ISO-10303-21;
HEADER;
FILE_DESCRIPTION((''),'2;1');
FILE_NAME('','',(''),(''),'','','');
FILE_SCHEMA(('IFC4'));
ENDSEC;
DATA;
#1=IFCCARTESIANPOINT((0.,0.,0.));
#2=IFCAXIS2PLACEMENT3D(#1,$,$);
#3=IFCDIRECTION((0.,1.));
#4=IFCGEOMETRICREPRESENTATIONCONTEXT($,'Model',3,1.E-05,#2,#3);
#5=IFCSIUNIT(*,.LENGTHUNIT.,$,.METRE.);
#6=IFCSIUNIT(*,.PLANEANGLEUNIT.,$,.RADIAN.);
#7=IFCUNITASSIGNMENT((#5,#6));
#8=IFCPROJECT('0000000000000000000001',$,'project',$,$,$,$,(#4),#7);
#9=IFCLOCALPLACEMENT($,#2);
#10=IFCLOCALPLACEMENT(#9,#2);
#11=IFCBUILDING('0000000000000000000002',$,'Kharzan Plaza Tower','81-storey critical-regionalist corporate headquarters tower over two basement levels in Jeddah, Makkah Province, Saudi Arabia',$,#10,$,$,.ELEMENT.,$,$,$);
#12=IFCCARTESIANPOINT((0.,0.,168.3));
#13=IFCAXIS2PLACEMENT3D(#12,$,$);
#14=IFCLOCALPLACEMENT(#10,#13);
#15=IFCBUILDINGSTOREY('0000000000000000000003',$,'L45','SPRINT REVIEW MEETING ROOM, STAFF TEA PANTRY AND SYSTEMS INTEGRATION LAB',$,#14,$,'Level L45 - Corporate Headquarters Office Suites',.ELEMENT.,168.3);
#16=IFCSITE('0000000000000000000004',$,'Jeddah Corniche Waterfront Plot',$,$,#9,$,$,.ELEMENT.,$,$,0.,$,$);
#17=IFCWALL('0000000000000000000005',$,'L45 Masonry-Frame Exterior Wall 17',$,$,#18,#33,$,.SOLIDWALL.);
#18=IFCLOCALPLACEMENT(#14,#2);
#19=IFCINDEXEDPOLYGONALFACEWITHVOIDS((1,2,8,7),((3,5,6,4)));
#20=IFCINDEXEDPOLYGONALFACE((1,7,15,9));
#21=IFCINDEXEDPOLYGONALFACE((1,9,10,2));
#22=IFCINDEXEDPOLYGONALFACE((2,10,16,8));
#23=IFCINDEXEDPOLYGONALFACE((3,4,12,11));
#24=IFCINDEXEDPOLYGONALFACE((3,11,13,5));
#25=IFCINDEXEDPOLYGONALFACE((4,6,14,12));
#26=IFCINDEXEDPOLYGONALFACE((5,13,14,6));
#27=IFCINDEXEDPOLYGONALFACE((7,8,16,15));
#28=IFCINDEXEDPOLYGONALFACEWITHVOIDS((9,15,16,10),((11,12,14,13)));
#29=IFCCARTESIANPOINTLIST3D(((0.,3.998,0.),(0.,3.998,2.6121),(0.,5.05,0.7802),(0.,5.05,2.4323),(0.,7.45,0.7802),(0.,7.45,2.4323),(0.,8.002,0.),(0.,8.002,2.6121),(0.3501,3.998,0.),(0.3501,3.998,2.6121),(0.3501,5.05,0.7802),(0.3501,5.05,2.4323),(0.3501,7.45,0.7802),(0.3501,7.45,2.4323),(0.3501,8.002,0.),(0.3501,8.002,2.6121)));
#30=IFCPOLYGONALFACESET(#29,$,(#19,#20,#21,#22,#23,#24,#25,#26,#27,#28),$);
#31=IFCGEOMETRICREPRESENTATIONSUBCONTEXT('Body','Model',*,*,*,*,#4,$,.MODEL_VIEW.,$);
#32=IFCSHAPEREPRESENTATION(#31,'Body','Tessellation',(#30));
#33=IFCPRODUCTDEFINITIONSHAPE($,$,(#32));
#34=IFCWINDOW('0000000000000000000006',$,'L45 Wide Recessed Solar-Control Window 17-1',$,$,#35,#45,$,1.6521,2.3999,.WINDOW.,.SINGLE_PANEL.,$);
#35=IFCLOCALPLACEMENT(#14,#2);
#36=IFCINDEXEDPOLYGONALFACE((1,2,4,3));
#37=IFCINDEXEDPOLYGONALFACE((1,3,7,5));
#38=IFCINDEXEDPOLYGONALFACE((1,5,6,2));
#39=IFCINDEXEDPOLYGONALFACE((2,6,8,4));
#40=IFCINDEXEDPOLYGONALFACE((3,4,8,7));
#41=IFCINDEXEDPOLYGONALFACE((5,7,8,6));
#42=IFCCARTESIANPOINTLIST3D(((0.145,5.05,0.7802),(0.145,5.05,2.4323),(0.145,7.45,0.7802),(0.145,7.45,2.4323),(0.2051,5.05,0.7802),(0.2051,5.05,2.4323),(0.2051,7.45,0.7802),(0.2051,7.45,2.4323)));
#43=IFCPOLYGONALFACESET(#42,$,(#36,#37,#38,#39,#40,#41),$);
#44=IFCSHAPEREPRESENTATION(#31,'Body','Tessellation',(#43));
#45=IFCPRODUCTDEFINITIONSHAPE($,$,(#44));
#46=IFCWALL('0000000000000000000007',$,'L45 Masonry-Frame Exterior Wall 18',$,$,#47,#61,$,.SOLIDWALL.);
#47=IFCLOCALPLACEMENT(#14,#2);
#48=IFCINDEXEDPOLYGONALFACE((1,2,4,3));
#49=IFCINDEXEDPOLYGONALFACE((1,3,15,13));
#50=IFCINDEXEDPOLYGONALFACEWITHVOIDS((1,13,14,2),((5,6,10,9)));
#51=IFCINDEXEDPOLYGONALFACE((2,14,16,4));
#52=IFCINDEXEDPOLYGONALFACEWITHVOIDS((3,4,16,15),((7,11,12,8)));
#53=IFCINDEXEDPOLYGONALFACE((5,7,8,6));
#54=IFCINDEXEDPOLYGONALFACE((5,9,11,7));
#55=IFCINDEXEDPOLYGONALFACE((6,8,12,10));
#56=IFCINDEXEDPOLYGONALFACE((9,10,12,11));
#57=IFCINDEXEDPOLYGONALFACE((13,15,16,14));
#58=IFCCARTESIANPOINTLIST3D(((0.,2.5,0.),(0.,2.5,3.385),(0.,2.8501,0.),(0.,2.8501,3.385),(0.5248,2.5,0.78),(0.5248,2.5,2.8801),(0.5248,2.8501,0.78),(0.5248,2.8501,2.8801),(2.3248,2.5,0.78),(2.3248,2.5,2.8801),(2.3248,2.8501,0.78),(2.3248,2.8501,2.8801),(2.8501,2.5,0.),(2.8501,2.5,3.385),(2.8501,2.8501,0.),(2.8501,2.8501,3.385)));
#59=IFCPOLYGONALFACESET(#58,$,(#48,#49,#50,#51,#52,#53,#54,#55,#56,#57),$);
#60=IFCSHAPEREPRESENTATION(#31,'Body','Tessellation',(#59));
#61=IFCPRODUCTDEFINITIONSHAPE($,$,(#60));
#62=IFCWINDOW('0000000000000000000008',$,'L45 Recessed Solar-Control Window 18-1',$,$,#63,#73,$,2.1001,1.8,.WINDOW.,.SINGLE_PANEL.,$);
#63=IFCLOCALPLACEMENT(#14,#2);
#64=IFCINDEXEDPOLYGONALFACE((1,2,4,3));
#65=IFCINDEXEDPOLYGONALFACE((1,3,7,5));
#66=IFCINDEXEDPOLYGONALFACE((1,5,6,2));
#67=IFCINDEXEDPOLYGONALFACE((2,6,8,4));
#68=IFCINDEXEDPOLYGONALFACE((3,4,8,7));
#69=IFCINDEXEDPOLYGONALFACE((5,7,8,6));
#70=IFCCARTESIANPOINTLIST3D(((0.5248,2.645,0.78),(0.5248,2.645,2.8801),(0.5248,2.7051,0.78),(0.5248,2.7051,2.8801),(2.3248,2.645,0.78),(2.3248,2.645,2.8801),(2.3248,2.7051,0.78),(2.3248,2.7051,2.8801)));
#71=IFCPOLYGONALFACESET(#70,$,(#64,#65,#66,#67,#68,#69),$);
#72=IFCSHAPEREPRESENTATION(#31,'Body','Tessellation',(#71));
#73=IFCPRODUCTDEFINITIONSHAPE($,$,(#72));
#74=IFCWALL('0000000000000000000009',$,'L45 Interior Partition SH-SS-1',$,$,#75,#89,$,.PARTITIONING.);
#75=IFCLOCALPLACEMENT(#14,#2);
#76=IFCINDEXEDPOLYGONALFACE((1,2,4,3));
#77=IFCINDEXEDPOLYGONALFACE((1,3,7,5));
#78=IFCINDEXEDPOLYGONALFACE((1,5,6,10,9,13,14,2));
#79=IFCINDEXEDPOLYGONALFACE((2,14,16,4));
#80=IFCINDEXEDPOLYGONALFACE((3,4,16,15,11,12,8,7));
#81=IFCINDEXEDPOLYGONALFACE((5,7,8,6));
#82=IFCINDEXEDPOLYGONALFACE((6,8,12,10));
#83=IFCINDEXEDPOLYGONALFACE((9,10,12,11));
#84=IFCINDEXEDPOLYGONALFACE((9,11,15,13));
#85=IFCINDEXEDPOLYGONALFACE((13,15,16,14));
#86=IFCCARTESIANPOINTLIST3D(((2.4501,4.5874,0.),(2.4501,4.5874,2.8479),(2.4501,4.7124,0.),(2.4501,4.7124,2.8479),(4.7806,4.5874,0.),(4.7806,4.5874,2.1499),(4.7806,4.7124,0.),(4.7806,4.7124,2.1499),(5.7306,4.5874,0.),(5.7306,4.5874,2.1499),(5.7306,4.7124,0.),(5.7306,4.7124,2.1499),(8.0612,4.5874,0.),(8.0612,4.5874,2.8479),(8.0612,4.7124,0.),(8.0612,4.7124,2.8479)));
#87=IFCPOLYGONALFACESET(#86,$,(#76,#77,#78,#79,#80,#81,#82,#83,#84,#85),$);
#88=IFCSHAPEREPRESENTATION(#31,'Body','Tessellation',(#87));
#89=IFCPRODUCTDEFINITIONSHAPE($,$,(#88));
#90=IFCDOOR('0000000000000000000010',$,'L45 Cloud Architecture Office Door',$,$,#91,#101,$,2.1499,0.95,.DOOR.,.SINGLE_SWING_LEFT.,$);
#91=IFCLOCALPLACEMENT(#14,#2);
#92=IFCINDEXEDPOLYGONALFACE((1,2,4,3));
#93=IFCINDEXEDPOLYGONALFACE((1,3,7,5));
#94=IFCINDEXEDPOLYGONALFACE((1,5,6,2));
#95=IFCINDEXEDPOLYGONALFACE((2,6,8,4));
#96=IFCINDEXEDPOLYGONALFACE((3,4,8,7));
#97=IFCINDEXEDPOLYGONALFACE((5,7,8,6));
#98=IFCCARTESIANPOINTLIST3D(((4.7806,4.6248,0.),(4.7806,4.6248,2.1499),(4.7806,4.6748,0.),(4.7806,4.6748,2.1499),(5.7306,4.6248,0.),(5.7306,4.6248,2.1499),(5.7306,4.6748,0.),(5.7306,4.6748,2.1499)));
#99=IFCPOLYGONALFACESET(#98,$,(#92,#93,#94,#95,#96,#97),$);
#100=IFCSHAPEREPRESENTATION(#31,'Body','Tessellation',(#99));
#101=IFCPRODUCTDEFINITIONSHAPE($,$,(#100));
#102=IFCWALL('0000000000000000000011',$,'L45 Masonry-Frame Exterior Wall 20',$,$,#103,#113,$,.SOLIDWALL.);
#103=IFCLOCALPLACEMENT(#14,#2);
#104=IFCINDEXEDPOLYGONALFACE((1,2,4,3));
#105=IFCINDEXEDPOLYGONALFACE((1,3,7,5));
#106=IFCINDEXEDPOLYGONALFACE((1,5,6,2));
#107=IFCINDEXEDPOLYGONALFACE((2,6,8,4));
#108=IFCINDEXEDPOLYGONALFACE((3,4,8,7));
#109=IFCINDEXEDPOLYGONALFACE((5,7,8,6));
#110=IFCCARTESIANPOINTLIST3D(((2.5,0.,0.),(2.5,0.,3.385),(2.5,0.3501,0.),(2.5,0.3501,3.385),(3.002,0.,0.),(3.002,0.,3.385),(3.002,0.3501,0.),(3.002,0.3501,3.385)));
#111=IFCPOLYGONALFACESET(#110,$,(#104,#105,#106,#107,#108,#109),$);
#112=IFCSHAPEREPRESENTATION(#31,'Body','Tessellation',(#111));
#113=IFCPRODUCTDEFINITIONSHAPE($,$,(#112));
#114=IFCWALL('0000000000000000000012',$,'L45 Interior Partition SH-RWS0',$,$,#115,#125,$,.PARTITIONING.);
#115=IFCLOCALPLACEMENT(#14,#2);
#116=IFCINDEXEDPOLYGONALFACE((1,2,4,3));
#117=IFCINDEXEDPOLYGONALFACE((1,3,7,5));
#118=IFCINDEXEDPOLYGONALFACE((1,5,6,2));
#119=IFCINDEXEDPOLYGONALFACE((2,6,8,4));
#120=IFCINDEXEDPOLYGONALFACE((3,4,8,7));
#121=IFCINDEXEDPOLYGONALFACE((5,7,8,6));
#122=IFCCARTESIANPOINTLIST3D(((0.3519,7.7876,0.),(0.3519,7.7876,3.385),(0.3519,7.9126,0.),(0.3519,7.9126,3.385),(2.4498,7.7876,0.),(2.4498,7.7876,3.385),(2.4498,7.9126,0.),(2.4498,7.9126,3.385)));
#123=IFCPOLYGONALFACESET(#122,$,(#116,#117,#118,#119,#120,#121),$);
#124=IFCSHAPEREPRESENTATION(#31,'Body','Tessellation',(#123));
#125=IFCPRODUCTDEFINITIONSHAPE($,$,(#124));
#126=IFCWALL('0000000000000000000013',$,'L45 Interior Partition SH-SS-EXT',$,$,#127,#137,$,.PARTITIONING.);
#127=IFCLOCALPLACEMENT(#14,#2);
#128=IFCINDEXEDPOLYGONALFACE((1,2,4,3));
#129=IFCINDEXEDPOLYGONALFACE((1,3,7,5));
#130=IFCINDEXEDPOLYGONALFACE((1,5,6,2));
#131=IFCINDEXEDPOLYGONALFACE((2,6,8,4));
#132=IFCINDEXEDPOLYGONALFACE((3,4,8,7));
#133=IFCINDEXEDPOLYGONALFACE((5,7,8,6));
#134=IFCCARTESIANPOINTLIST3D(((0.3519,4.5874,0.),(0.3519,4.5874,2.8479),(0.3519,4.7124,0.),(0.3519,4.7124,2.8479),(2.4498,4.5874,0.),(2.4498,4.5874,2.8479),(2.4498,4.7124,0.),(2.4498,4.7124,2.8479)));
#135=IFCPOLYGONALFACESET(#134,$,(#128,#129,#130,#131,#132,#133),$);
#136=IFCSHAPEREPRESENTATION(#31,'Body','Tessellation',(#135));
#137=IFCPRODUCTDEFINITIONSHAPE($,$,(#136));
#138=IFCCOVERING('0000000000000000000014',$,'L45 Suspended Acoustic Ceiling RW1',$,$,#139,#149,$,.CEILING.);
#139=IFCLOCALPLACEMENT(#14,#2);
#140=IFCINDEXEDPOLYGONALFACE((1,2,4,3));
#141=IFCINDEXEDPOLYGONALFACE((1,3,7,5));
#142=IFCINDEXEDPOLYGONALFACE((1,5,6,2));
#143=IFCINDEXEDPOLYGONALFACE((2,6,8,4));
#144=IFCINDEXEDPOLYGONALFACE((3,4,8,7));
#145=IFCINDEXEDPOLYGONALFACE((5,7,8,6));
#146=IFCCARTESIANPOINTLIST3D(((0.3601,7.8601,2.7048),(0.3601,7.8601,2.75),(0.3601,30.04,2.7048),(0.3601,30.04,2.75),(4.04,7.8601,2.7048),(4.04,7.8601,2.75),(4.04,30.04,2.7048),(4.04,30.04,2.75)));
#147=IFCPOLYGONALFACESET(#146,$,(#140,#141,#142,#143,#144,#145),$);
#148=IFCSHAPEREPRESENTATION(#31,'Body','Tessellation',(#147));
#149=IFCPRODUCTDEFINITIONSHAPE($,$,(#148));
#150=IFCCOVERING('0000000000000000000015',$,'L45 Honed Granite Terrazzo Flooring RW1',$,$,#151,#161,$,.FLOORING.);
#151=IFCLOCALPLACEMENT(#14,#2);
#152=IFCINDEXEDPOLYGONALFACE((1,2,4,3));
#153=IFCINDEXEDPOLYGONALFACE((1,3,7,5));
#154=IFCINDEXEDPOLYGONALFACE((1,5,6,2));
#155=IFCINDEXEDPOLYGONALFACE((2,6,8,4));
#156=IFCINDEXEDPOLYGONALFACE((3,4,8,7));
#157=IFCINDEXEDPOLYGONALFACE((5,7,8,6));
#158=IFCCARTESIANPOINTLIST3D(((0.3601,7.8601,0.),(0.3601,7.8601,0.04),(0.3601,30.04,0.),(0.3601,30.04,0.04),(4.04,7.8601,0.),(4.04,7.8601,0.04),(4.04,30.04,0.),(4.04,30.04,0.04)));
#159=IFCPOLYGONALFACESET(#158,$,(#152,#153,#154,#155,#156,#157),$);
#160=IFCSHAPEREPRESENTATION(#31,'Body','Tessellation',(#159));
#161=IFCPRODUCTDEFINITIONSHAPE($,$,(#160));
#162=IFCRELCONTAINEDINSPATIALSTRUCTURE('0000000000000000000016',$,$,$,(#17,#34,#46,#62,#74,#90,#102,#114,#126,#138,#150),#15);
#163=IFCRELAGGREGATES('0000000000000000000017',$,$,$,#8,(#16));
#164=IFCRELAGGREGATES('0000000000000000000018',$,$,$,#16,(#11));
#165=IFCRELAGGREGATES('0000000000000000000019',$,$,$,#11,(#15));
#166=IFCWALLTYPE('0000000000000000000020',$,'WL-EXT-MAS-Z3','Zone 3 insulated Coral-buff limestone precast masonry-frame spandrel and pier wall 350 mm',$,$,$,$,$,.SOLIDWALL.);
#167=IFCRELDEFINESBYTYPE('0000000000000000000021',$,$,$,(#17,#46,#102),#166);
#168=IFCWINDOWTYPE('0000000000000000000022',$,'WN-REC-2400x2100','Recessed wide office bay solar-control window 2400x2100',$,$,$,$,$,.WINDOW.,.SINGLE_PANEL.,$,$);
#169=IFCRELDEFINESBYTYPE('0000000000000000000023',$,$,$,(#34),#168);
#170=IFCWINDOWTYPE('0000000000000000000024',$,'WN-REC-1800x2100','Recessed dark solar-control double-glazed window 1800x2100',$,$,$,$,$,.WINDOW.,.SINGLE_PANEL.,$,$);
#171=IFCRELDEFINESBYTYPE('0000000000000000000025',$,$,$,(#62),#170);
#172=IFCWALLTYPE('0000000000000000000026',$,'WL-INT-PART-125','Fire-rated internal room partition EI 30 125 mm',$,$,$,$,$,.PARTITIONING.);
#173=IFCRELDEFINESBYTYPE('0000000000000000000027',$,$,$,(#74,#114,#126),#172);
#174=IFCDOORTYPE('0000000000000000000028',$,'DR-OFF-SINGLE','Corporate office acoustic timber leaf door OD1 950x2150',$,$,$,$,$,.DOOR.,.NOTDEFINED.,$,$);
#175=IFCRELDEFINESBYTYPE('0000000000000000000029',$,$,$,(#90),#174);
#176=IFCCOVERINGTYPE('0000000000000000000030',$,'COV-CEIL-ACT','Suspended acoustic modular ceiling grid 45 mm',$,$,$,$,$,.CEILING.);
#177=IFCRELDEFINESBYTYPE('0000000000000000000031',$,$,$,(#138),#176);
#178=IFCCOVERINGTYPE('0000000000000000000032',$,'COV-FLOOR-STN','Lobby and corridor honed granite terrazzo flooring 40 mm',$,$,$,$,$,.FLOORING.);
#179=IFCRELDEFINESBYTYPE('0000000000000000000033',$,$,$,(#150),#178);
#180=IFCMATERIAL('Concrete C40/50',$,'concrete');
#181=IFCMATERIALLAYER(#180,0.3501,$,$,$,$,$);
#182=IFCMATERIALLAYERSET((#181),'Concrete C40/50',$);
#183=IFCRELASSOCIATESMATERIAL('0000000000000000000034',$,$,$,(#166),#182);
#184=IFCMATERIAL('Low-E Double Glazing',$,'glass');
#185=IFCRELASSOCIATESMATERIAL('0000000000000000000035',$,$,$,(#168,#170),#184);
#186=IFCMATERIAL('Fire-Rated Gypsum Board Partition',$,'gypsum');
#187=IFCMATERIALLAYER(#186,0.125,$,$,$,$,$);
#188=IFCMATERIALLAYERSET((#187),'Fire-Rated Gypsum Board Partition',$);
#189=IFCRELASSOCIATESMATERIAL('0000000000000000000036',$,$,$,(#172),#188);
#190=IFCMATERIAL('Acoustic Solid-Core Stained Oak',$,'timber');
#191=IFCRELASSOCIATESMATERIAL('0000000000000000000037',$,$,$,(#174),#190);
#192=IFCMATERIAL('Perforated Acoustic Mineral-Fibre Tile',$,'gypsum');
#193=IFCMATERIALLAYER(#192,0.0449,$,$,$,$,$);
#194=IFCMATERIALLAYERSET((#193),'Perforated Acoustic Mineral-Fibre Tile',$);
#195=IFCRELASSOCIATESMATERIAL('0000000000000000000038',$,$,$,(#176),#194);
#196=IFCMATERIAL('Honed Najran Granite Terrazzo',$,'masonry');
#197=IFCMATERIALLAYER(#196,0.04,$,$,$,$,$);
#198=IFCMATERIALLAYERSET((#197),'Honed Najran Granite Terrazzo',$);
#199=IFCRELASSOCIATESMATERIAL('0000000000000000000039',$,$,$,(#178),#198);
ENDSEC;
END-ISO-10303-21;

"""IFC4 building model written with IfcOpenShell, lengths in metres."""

from ifc_helpers import new_model, si_unit, direction, frame, frame_2d, origin, place, context, subcontext, project, spatial, polyline, rectangle, outline, extrude, source, transform, mapped, material, layer, layer_set, type_object, element, fill, save


model = new_model("IFC4")

# Units and contexts
model_context = context("Model", 3, precision=1e-05, world=origin(), true_north=direction((0.0, 1.0)))
body_context = subcontext(model_context, "Body", "Model", "MODEL_VIEW")
ifc_project = project(units=[si_unit("LENGTHUNIT", "METRE"), si_unit("PLANEANGLEUNIT", "RADIAN")], contexts=[model_context])

# Site, building, storey
site_placement = place(None, origin())
site = spatial("IfcSite", under=ifc_project, at=site_placement, Name="Jeddah Corniche Waterfront Plot", CompositionType="ELEMENT", RefElevation=0.0)
building_placement = place(site_placement, origin())
building = spatial("IfcBuilding", under=site, at=building_placement, Name="Kharzan Plaza Tower", Description="81-storey critical-regionalist corporate headquarters tower over two basement levels in Jeddah, Makkah Province, Saudi Arabia", CompositionType="ELEMENT")
storey_placement = place(building_placement, frame((0.0, 0.0, 168.3)))
storey = spatial("IfcBuildingStorey", under=building, at=storey_placement, Name="L45", Description="SPRINT REVIEW MEETING ROOM, STAFF TEA PANTRY AND SYSTEMS INTEGRATION LAB", LongName="Level L45 - Corporate Headquarters Office Suites", CompositionType="ELEMENT", Elevation=168.3)

# Shared definitions
ifc_material_1 = material(Name="Concrete C40/50", Category="concrete")

# Walls, openings, windows
ifc_layer_1 = layer(ifc_material_1, 0.3501)
ifc_layer_set_1 = layer_set([ifc_layer_1], Name="Concrete C40/50")
wall_type_1 = type_object("IfcWallType", Name="WL-EXT-MAS-Z3", Description="Zone 3 insulated Coral-buff limestone precast masonry-frame spandrel and pier wall 350 mm", PredefinedType="SOLIDWALL", material=ifc_layer_set_1)
wall_1_placement = place(storey_placement, frame((0.175, 8.002, 0.0), z_axis=(0.0, 0.0, 1.0), x_axis=(0.0, -1.0, 0.0)))
wall_1 = element("IfcWall", 1, at=wall_1_placement, inside=storey, type_object=wall_type_1, Name="L45 Masonry-Frame Exterior Wall 17", PredefinedType="SOLIDWALL", context=body_context, shape_type="SweptSolid", body=[
    extrude(rectangle(XDim=4.0039, YDim=0.3501, at=frame_2d((2.002, 0.0))), origin(), (0.0, 0.0, 1.0), 2.6121),
])
opening_1_placement = place(wall_1_placement, frame((0.552, 0.0, 0.78)))
opening_1 = element("IfcOpeningElement", 2, at=opening_1_placement, cuts=wall_1, PredefinedType="OPENING", context=body_context, shape_type="SweptSolid", body=[
    extrude(rectangle(XDim=2.3999, YDim=1.6521, at=frame_2d((1.2, 0.8262))), frame((0.0, 0.1851, 0.0), z_axis=(0.0, -1.0, 0.0), x_axis=(1.0, 0.0, 0.0)), (0.0, 0.0, 1.0), 0.3701),
])
ifc_material_2 = material(Name="Low-E Double Glazing", Category="glass")
window_type_1 = type_object("IfcWindowType", Name="WN-REC-2400x2100", Description="Recessed wide office bay solar-control window 2400x2100", PartitioningType="SINGLE_PANEL", PredefinedType="WINDOW", material=ifc_material_2)
shared_shape_1 = source(origin(), body_context, "Body", "SweptSolid", [
    extrude(rectangle(XDim=2.3999, YDim=1.6521, at=frame_2d((1.2, 0.8262))), frame((0.0, 0.03, 0.0), z_axis=(0.0, -1.0, 0.0), x_axis=(1.0, 0.0, 0.0)), (0.0, 0.0, 1.0), 0.0601),
])
window_1_placement = place(opening_1_placement, origin())
window_1 = element("IfcWindow", 3, at=window_1_placement, inside=storey, type_object=window_type_1, Name="L45 Wide Recessed Solar-Control Window 17-1", OverallHeight=1.6521, OverallWidth=2.3999, PartitioningType="SINGLE_PANEL", PredefinedType="WINDOW", context=body_context, shape_type="MappedRepresentation", body=[
    mapped(shared_shape_1, transform((0.0, 0.0, 0.0), x_axis=(1.0, 0.0, 0.0), y_axis=(0.0, 1.0, 0.0), z_axis=(0.0, 0.0, 1.0))),
])
fill(opening_1, window_1)
wall_2_placement = place(storey_placement, frame((0.0, 2.675, 0.0), z_axis=(0.0, 0.0, 1.0), x_axis=(1.0, 0.0, 0.0)))
wall_2 = element("IfcWall", 4, at=wall_2_placement, inside=storey, type_object=wall_type_1, Name="L45 Masonry-Frame Exterior Wall 18", PredefinedType="SOLIDWALL", context=body_context, shape_type="SweptSolid", body=[
    extrude(rectangle(XDim=2.8501, YDim=0.3501, at=frame_2d((1.425, 0.0))), origin(), (0.0, 0.0, 1.0), 3.385),
])
opening_2_placement = place(wall_2_placement, frame((0.5249, 0.0, 0.78)))
opening_2 = element("IfcOpeningElement", 5, at=opening_2_placement, cuts=wall_2, PredefinedType="OPENING", context=body_context, shape_type="SweptSolid", body=[
    extrude(rectangle(XDim=1.8, YDim=2.1001, at=frame_2d((0.8999, 1.05))), frame((0.0, 0.1851, 0.0), z_axis=(0.0, -1.0, 0.0), x_axis=(1.0, 0.0, 0.0)), (0.0, 0.0, 1.0), 0.3701),
])
window_type_2 = type_object("IfcWindowType", Name="WN-REC-1800x2100", Description="Recessed dark solar-control double-glazed window 1800x2100", PartitioningType="SINGLE_PANEL", PredefinedType="WINDOW", material=ifc_material_2)
shared_shape_2 = source(origin(), body_context, "Body", "SweptSolid", [
    extrude(rectangle(XDim=1.8, YDim=2.1001, at=frame_2d((0.8999, 1.05))), frame((0.0, 0.03, 0.0), z_axis=(0.0, -1.0, 0.0), x_axis=(1.0, 0.0, 0.0)), (0.0, 0.0, 1.0), 0.0601),
])
window_2_placement = place(opening_2_placement, origin())
window_2 = element("IfcWindow", 6, at=window_2_placement, inside=storey, type_object=window_type_2, Name="L45 Recessed Solar-Control Window 18-1", OverallHeight=2.1001, OverallWidth=1.8, PartitioningType="SINGLE_PANEL", PredefinedType="WINDOW", context=body_context, shape_type="MappedRepresentation", body=[
    mapped(shared_shape_2, transform((0.0, 0.0, 0.0), x_axis=(1.0, 0.0, 0.0), y_axis=(0.0, 1.0, 0.0), z_axis=(0.0, 0.0, 1.0))),
])
fill(opening_2, window_2)

# Wall, opening, door
ifc_material_3 = material(Name="Fire-Rated Gypsum Board Partition", Category="gypsum")
ifc_layer_2 = layer(ifc_material_3, 0.125)
ifc_layer_set_2 = layer_set([ifc_layer_2], Name="Fire-Rated Gypsum Board Partition")
wall_type_2 = type_object("IfcWallType", Name="WL-INT-PART-125", Description="Fire-rated internal room partition EI 30 125 mm", PredefinedType="PARTITIONING", material=ifc_layer_set_2)
ifc_material_4 = material(Name="Acoustic Solid-Core Stained Oak", Category="timber")
door_type = type_object("IfcDoorType", Name="DR-OFF-SINGLE", Description="Corporate office acoustic timber leaf door OD1 950x2150", OperationType="NOTDEFINED", PredefinedType="DOOR", material=ifc_material_4)
shared_shape_3 = source(origin(), body_context, "Body", "SweptSolid", [
    extrude(rectangle(XDim=0.95, YDim=2.1499, at=frame_2d((0.4751, 1.075))), frame((0.0, 0.0249, 0.0), z_axis=(0.0, -1.0, 0.0), x_axis=(1.0, 0.0, 0.0)), (0.0, 0.0, 1.0), 0.05),
])
wall_3_placement = place(storey_placement, frame((2.45, 4.6499, 0.0), z_axis=(0.0, 0.0, 1.0), x_axis=(1.0, 0.0, 0.0)))
wall_3 = element("IfcWall", 7, at=wall_3_placement, inside=storey, type_object=wall_type_2, Name="L45 Interior Partition SH-SS-1", PredefinedType="PARTITIONING", context=body_context, shape_type="SweptSolid", body=[
    extrude(rectangle(XDim=5.6111, YDim=0.125, at=frame_2d((2.8057, 0.0))), origin(), (0.0, 0.0, 1.0), 2.8479),
])
opening_3_placement = place(wall_3_placement, frame((2.3306, 0.0, 0.0)))
opening_3 = element("IfcOpeningElement", 8, at=opening_3_placement, cuts=wall_3, PredefinedType="OPENING", context=body_context, shape_type="SweptSolid", body=[
    extrude(rectangle(XDim=0.95, YDim=2.1499, at=frame_2d((0.4751, 1.075))), frame((0.0, 0.0725, 0.0), z_axis=(0.0, -1.0, 0.0), x_axis=(1.0, 0.0, 0.0)), (0.0, 0.0, 1.0), 0.145),
])
door_1_placement = place(opening_3_placement, origin())
door_1 = element("IfcDoor", 9, at=door_1_placement, inside=storey, type_object=door_type, Name="L45 Cloud Architecture Office Door", OperationType="SINGLE_SWING_LEFT", OverallHeight=2.1499, OverallWidth=0.95, PredefinedType="DOOR", context=body_context, shape_type="MappedRepresentation", body=[
    mapped(shared_shape_3, transform((0.0, 0.0, 0.0), x_axis=(1.0, 0.0, 0.0), y_axis=(0.0, 1.0, 0.0), z_axis=(0.0, 0.0, 1.0))),
])
fill(opening_3, door_1)

# Walls
shared_shape_4 = source(origin(), body_context, "Body", "SweptSolid", [
    extrude(rectangle(XDim=0.502, YDim=0.3501, at=frame_2d((0.251, 0.0))), origin(), (0.0, 0.0, 1.0), 3.385),
])
wall_4_placement = place(storey_placement, frame((2.5, 0.175, 0.0), z_axis=(0.0, 0.0, 1.0), x_axis=(1.0, 0.0, 0.0)))
element("IfcWall", 10, at=wall_4_placement, inside=storey, type_object=wall_type_1, Name="L45 Masonry-Frame Exterior Wall 20", PredefinedType="SOLIDWALL", context=body_context, shape_type="MappedRepresentation", body=[
    mapped(shared_shape_4, transform((0.0, 0.0, 0.0), x_axis=(1.0, 0.0, 0.0), y_axis=(0.0, 1.0, 0.0), z_axis=(0.0, 0.0, 1.0))),
])
shared_shape_5 = source(origin(), body_context, "Body", "SweptSolid", [
    extrude(rectangle(XDim=2.0979, YDim=0.125, at=frame_2d((1.0488, 0.0))), origin(), (0.0, 0.0, 1.0), 3.385),
])
wall_5_placement = place(storey_placement, frame((0.3521, 7.8501, 0.0), z_axis=(0.0, 0.0, 1.0), x_axis=(1.0, 0.0, 0.0)))
element("IfcWall", 11, at=wall_5_placement, inside=storey, type_object=wall_type_2, Name="L45 Interior Partition SH-RWS0", PredefinedType="PARTITIONING", context=body_context, shape_type="MappedRepresentation", body=[
    mapped(shared_shape_5, transform((0.0, 0.0, 0.0), x_axis=(1.0, 0.0, 0.0), y_axis=(0.0, 1.0, 0.0), z_axis=(0.0, 0.0, 1.0))),
])
shared_shape_6 = source(origin(), body_context, "Body", "SweptSolid", [
    extrude(rectangle(XDim=2.0979, YDim=0.125, at=frame_2d((1.0488, 0.0))), origin(), (0.0, 0.0, 1.0), 2.8479),
])
wall_6_placement = place(storey_placement, frame((0.3521, 4.6499, 0.0), z_axis=(0.0, 0.0, 1.0), x_axis=(1.0, 0.0, 0.0)))
element("IfcWall", 12, at=wall_6_placement, inside=storey, type_object=wall_type_2, Name="L45 Interior Partition SH-SS-EXT", PredefinedType="PARTITIONING", context=body_context, shape_type="MappedRepresentation", body=[
    mapped(shared_shape_6, transform((0.0, 0.0, 0.0), x_axis=(1.0, 0.0, 0.0), y_axis=(0.0, 1.0, 0.0), z_axis=(0.0, 0.0, 1.0))),
])

# Coverings
ifc_material_5 = material(Name="Perforated Acoustic Mineral-Fibre Tile", Category="gypsum")
ifc_layer_3 = layer(ifc_material_5, 0.0449)
ifc_layer_set_3 = layer_set([ifc_layer_3], Name="Perforated Acoustic Mineral-Fibre Tile")
covering_type_1 = type_object("IfcCoveringType", Name="COV-CEIL-ACT", Description="Suspended acoustic modular ceiling grid 45 mm", PredefinedType="CEILING", material=ifc_layer_set_3)
covering_1_placement = place(storey_placement, frame((0.0, 0.0, 2.7048)))
element("IfcCovering", 13, at=covering_1_placement, inside=storey, type_object=covering_type_1, Name="L45 Suspended Acoustic Ceiling RW1", PredefinedType="CEILING", context=body_context, shape_type="SweptSolid", body=[
    extrude(outline(polyline([(0.3601, 7.8601), (4.04, 7.8601), (4.04, 30.04), (0.3601, 30.04), (0.3601, 7.8601)])), origin(), (0.0, 0.0, 1.0), 0.0452),
])
ifc_material_6 = material(Name="Honed Najran Granite Terrazzo", Category="masonry")
ifc_layer_4 = layer(ifc_material_6, 0.04)
ifc_layer_set_4 = layer_set([ifc_layer_4], Name="Honed Najran Granite Terrazzo")
covering_type_2 = type_object("IfcCoveringType", Name="COV-FLOOR-STN", Description="Lobby and corridor honed granite terrazzo flooring 40 mm", PredefinedType="FLOORING", material=ifc_layer_set_4)
covering_2_placement = place(storey_placement, origin())
element("IfcCovering", 14, at=covering_2_placement, inside=storey, type_object=covering_type_2, Name="L45 Honed Granite Terrazzo Flooring RW1", PredefinedType="FLOORING", context=body_context, shape_type="SweptSolid", body=[
    extrude(outline(polyline([(0.3601, 7.8601), (4.04, 7.8601), (4.04, 30.04), (0.3601, 30.04), (0.3601, 7.8601)])), origin(), (0.0, 0.0, 1.0), 0.04),
])

save(model, "model.ifc")
